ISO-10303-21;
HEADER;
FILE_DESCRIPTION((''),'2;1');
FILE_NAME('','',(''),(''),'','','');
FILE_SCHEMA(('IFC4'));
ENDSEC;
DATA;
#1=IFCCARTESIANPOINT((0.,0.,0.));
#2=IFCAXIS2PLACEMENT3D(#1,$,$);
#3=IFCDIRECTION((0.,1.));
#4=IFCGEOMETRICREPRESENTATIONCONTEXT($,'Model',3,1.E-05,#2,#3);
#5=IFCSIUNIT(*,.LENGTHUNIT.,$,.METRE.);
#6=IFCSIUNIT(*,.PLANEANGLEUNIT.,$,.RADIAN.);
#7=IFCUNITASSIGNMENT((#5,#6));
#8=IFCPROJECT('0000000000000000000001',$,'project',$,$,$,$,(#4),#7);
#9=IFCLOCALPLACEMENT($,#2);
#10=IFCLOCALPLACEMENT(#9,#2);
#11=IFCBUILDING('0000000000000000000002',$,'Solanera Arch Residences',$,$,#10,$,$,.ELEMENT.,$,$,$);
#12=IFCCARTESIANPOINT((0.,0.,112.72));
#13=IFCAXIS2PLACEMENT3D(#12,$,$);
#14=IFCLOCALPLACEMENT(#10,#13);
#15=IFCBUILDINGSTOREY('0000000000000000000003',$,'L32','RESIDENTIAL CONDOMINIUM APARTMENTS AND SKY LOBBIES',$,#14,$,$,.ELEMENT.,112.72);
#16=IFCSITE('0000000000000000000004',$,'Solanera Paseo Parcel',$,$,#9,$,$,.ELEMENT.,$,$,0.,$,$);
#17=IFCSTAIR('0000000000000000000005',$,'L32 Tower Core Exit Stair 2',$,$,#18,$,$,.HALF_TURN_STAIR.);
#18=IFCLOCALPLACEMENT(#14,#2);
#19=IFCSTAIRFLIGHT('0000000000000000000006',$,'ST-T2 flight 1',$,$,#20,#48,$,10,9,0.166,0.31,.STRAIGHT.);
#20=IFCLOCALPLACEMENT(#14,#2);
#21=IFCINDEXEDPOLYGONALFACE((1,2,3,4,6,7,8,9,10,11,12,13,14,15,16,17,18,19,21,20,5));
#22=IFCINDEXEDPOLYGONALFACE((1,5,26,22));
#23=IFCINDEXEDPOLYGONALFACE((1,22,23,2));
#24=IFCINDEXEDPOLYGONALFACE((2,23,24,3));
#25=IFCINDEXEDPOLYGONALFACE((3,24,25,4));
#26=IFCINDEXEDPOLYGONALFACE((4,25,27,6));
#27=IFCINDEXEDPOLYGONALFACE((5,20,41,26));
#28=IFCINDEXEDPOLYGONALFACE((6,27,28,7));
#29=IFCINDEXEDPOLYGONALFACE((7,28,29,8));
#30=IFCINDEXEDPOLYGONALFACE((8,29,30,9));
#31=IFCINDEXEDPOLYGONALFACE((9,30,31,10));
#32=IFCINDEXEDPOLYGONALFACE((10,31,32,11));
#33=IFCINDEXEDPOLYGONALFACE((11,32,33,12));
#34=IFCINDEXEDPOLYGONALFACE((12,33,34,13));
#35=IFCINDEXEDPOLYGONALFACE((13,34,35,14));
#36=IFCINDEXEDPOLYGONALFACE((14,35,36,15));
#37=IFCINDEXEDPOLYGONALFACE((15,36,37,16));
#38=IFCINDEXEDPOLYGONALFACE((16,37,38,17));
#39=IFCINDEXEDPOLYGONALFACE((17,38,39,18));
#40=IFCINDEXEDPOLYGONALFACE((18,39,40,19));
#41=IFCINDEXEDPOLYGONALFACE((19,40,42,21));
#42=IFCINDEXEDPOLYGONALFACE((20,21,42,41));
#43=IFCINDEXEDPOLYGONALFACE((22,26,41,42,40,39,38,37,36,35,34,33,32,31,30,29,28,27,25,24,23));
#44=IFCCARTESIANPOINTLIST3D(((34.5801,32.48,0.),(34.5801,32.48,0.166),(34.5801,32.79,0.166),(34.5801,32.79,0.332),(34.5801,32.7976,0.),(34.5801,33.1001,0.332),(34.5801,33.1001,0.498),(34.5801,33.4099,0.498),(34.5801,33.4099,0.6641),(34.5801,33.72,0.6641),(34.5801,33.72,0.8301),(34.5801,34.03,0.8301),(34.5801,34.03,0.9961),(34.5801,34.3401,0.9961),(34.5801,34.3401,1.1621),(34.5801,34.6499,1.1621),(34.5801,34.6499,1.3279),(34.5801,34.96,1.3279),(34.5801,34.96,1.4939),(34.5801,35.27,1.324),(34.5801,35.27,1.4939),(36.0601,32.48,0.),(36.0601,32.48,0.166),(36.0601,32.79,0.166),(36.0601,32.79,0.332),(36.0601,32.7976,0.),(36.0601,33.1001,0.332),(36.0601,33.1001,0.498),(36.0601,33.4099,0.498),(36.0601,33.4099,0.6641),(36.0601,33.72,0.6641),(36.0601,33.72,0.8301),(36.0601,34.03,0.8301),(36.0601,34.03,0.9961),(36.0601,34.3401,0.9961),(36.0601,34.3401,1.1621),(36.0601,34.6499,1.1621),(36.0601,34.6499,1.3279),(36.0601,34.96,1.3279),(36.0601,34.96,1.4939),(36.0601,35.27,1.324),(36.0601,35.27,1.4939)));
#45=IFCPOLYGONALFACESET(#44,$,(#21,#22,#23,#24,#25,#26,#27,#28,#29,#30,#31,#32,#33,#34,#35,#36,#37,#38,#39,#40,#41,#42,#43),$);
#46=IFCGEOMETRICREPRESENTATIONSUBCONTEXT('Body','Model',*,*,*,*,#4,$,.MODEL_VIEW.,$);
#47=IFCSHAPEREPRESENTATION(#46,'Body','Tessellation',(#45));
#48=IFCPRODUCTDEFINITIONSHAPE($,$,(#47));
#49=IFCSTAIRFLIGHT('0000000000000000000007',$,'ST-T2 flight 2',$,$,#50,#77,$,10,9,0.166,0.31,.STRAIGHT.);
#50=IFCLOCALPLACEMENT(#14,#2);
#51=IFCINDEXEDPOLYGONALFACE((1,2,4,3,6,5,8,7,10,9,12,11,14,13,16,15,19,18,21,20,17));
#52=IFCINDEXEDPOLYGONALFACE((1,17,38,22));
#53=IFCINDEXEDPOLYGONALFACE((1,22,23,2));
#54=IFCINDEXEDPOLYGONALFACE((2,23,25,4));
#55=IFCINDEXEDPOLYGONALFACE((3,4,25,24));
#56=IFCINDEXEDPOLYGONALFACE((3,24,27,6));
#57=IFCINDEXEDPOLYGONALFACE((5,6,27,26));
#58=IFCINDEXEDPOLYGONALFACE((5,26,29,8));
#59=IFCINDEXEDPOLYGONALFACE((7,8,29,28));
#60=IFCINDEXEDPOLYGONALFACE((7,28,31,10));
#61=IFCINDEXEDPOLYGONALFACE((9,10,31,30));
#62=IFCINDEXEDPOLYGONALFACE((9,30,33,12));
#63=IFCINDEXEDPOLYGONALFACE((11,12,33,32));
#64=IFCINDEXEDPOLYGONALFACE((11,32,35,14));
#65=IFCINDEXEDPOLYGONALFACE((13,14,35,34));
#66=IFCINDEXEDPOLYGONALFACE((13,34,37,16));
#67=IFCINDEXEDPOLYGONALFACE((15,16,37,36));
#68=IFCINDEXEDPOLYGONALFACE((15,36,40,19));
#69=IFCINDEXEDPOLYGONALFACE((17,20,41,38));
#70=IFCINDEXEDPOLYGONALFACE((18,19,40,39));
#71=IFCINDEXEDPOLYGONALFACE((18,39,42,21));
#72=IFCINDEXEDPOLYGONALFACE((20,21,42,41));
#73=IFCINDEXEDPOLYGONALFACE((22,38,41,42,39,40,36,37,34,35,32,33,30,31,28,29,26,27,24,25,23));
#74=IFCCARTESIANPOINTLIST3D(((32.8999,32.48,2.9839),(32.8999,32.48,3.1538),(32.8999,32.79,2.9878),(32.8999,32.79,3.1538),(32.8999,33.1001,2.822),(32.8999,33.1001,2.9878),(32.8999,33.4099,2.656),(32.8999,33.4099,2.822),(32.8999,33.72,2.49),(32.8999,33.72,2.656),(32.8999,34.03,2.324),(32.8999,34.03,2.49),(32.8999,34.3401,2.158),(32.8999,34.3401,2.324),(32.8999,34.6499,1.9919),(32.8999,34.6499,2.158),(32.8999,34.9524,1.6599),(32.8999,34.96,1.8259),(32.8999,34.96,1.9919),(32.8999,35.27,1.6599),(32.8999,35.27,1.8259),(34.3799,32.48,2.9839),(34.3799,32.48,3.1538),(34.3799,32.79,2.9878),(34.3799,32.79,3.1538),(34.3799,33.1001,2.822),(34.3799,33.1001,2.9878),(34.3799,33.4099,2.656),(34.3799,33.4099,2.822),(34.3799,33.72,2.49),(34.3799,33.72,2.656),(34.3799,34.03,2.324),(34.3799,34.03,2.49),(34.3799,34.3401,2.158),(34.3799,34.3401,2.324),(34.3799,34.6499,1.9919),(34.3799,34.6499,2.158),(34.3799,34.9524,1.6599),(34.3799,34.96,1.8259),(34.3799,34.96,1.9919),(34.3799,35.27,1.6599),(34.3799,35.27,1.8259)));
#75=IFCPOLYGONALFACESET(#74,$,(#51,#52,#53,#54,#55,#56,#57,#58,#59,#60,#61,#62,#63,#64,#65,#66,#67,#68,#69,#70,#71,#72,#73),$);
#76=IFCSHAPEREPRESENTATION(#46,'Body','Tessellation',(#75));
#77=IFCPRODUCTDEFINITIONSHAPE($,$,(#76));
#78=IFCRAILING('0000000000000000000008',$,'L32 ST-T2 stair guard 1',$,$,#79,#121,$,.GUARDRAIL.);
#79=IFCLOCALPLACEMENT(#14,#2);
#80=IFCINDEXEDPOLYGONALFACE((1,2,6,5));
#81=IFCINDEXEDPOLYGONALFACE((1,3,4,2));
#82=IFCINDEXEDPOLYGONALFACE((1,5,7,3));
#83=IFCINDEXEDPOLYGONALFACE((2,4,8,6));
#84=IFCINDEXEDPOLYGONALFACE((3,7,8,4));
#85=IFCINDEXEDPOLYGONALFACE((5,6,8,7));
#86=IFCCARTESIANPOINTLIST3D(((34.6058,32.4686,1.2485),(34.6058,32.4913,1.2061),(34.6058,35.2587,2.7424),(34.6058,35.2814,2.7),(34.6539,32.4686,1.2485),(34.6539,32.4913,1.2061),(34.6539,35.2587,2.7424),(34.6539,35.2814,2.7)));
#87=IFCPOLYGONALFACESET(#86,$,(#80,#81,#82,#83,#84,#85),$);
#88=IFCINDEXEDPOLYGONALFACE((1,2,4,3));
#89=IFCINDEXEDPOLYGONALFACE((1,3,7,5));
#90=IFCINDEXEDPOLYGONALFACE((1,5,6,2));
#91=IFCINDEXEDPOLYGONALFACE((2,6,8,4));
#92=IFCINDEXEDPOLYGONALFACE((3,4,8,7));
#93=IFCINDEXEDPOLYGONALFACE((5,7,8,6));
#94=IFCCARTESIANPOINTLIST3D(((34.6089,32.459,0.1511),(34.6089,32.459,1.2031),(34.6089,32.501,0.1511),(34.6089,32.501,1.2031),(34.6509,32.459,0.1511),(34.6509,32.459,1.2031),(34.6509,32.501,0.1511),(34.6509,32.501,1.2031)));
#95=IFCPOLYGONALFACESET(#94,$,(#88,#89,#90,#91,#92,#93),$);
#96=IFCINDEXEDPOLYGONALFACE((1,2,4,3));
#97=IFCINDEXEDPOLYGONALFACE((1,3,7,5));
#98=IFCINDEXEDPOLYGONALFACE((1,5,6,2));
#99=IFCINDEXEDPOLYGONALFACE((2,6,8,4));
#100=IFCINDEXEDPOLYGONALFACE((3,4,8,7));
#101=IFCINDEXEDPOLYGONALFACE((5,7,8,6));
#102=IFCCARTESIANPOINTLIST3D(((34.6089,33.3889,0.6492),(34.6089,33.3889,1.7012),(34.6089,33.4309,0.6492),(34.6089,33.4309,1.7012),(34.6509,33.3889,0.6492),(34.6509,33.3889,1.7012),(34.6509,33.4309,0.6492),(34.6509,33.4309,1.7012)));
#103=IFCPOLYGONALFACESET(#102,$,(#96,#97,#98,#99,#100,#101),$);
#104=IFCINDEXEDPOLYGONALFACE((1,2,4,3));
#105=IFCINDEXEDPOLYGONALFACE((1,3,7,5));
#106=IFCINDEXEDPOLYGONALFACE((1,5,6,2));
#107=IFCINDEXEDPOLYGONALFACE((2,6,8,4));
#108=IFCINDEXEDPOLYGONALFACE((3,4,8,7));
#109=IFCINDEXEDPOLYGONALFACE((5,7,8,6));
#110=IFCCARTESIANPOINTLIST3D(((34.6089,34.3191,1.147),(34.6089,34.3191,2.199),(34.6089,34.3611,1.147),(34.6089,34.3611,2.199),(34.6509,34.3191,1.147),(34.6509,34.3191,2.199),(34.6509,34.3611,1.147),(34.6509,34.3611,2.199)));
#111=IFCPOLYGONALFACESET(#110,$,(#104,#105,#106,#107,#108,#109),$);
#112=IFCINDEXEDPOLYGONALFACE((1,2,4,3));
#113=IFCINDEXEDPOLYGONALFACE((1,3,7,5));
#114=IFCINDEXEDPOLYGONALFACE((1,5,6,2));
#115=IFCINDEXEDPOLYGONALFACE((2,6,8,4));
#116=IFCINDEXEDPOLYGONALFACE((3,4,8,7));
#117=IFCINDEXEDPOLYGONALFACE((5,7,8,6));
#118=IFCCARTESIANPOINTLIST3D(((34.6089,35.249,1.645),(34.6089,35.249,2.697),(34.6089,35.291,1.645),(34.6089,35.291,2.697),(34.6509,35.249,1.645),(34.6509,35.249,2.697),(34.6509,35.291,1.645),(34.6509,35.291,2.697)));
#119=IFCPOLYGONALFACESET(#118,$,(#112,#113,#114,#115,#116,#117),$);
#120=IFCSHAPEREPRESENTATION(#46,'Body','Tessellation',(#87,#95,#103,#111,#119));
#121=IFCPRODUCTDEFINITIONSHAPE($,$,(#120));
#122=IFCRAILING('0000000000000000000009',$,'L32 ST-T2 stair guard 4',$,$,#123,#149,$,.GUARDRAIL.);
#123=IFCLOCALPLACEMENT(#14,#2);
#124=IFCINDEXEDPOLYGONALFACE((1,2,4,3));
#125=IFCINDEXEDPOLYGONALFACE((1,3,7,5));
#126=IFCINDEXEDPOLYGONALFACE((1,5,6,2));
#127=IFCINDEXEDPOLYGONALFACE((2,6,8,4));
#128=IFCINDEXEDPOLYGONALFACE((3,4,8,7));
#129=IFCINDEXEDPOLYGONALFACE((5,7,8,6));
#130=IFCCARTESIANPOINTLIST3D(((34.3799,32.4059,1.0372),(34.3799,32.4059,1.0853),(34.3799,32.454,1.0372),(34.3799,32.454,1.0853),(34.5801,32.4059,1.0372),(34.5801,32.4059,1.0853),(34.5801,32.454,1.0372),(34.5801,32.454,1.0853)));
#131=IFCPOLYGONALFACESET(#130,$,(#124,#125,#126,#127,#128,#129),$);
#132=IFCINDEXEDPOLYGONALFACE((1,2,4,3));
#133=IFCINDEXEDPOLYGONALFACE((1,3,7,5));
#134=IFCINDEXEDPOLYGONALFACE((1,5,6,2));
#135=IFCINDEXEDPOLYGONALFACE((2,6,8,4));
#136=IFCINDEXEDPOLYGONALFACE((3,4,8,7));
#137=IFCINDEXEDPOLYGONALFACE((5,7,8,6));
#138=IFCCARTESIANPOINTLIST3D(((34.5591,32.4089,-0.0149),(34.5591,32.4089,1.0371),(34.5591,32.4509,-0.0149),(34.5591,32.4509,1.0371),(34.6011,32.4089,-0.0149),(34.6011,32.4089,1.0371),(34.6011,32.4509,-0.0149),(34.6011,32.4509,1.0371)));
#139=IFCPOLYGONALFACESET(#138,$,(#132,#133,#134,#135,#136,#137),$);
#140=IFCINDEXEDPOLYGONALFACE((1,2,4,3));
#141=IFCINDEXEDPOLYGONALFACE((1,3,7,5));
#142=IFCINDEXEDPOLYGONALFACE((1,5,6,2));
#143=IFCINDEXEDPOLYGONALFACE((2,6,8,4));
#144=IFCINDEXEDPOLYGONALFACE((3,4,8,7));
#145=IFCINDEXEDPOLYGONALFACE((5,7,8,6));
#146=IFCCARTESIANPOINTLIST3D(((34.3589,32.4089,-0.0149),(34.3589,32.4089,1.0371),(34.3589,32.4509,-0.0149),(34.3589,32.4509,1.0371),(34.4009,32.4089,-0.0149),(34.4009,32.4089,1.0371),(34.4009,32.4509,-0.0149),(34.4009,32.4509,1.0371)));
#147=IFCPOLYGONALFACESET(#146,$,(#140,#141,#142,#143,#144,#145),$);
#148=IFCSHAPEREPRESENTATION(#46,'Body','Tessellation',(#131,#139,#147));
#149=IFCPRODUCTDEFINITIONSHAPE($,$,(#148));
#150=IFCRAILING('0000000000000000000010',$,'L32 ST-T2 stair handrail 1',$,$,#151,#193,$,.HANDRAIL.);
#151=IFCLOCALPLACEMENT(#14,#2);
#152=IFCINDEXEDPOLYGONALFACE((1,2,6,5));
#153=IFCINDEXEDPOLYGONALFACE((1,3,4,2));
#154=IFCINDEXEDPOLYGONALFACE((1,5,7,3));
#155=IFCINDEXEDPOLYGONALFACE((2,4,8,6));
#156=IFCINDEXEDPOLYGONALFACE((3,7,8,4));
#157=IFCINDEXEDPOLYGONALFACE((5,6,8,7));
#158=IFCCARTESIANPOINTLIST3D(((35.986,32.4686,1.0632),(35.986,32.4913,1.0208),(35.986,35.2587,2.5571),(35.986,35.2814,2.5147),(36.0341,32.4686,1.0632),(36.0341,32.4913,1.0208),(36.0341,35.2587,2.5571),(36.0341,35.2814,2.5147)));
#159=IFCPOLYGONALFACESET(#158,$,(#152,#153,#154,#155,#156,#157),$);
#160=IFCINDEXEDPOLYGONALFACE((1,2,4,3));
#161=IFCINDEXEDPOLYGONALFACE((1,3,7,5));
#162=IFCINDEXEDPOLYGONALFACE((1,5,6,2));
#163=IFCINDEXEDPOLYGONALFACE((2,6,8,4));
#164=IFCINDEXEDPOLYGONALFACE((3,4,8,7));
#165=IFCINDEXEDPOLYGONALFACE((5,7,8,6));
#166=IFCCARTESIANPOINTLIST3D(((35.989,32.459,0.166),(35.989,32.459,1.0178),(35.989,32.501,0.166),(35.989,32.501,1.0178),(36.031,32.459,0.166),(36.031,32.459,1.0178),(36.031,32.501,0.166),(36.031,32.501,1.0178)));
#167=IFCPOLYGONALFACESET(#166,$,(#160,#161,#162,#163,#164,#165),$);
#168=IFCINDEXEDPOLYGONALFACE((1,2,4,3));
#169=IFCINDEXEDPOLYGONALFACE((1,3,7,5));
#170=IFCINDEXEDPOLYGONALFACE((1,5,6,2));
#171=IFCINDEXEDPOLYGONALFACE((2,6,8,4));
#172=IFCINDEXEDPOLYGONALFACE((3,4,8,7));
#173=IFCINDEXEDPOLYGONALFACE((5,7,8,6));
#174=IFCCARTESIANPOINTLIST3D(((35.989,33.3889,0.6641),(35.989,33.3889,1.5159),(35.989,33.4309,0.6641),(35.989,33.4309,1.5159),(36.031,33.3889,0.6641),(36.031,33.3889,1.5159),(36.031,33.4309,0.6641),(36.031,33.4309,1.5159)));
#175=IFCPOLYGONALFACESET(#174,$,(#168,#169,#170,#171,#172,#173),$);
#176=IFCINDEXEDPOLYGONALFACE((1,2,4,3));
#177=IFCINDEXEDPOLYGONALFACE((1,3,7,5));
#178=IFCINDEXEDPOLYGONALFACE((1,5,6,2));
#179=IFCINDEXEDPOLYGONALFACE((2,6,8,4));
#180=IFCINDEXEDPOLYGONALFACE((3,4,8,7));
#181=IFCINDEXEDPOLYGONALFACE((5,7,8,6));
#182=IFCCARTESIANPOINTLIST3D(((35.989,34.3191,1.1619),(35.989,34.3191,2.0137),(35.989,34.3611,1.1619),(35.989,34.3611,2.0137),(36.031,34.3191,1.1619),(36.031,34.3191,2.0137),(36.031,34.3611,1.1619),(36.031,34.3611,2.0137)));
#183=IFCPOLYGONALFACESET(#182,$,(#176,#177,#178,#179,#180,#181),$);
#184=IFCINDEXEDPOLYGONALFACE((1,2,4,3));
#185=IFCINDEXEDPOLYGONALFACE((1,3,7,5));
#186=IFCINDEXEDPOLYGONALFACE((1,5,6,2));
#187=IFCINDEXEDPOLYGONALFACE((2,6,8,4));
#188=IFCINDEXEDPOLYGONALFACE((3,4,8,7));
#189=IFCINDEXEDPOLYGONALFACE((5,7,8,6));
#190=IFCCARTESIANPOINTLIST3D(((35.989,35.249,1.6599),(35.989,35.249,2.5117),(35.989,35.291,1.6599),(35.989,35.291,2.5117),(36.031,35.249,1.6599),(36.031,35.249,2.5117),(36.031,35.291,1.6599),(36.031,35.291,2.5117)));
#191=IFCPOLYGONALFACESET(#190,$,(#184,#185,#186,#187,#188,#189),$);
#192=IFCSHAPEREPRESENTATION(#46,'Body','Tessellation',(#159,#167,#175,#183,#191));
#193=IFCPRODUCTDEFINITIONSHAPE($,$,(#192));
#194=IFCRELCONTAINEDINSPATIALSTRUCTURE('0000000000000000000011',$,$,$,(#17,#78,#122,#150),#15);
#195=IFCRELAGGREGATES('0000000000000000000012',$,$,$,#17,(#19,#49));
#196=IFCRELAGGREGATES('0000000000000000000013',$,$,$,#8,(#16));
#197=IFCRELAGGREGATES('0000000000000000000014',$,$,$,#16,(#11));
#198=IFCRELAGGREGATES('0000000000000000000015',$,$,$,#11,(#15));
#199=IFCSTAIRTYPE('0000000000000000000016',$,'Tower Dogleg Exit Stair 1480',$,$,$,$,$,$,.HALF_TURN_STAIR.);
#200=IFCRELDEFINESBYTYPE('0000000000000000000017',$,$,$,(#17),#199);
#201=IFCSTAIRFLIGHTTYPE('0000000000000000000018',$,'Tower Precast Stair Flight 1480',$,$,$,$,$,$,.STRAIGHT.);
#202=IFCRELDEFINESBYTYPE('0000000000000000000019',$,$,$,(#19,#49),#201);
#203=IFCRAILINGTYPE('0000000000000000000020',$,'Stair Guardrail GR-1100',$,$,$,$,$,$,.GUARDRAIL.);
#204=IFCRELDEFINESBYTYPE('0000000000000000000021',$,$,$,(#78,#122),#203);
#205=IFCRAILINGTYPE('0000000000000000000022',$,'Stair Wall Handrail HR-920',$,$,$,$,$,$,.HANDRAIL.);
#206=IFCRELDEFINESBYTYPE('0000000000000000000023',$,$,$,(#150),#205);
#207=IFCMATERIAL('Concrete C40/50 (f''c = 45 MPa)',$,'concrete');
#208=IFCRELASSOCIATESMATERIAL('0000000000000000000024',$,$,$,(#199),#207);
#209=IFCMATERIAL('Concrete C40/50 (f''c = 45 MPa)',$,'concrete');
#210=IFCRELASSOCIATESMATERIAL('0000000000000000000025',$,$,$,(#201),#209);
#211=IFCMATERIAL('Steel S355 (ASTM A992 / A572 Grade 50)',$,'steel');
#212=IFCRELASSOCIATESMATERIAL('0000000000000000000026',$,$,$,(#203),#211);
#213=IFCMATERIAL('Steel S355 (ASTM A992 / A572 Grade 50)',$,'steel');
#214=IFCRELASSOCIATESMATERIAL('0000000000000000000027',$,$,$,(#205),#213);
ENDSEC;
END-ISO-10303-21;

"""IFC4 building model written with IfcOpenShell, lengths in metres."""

from ifc_helpers import new_model, si_unit, direction, frame, origin, origin_2d, place, context, subcontext, project, spatial, polyline, rectangle, outline, extrude, material, type_object, element, aggregate, save


model = new_model("IFC4")

# Units and contexts
model_context = context("Model", 3, precision=1e-05, world=origin(), true_north=direction((0.0, 1.0)))
body_context = subcontext(model_context, "Body", "Model", "MODEL_VIEW")
ifc_project = project(units=[si_unit("LENGTHUNIT", "METRE"), si_unit("PLANEANGLEUNIT", "RADIAN")], contexts=[model_context])

# Site, building, storey
site_placement = place(None, origin())
site = spatial("IfcSite", under=ifc_project, at=site_placement, Name="Solanera Paseo Parcel", CompositionType="ELEMENT", RefElevation=0.0)
building_placement = place(site_placement, origin())
building = spatial("IfcBuilding", under=site, at=building_placement, Name="Solanera Arch Residences", CompositionType="ELEMENT")
storey_placement = place(building_placement, frame((0.0, 0.0, 112.72)))
storey = spatial("IfcBuildingStorey", under=building, at=storey_placement, Name="L32", Description="RESIDENTIAL CONDOMINIUM APARTMENTS AND SKY LOBBIES", CompositionType="ELEMENT", Elevation=112.72)

# Stair, stair flights
ifc_material_1 = material(Name="Concrete C40/50 (f'c = 45 MPa)", Category="concrete")
stair_type = type_object("IfcStairType", Name="Tower Dogleg Exit Stair 1480", PredefinedType="HALF_TURN_STAIR", material=ifc_material_1)
stair_placement = place(storey_placement, origin())
stair = element("IfcStair", 1, at=stair_placement, inside=storey, type_object=stair_type, Name="L32 Tower Core Exit Stair 2", PredefinedType="HALF_TURN_STAIR")
ifc_material_2 = material(Name="Concrete C40/50 (f'c = 45 MPa)", Category="concrete")
stair_flight_type = type_object("IfcStairFlightType", Name="Tower Precast Stair Flight 1480", PredefinedType="STRAIGHT", material=ifc_material_2)
stair_flight_1_placement = place(storey_placement, frame((35.3201, 32.48, 0.0), z_axis=(0.0, 0.0, 1.0), x_axis=(0.0, 1.0, 0.0)))
stair_flight_1 = element("IfcStairFlight", 2, at=stair_flight_1_placement, type_object=stair_flight_type, Name="ST-T2 flight 1", NumberOfRisers=10, NumberOfTreads=9, PredefinedType="STRAIGHT", RiserHeight=0.166, TreadLength=0.31, context=body_context, shape_type="SweptSolid", body=[
    extrude(outline(polyline([(0.0, 0.0), (0.0, 0.166), (0.3101, 0.166), (0.3101, 0.332), (0.6201, 0.332), (0.6201, 0.498), (0.9299, 0.498), (0.9299, 0.6641), (1.24, 0.6641), (1.24, 0.8301), (1.55, 0.8301), (1.55, 0.9961), (1.8601, 0.9961), (1.8601, 1.1621), (2.1699, 1.1621), (2.1699, 1.3279), (2.48, 1.3279), (2.48, 1.4939), (2.79, 1.4939), (2.79, 1.6599), (2.79, 1.324), (0.3176, 0.0), (0.0, 0.0)])), frame((0.0, 0.74, 0.0), z_axis=(0.0, -1.0, 0.0), x_axis=(1.0, 0.0, 0.0)), (0.0, 0.0, 1.0), 1.48),
])
stair_flight_2_placement = place(storey_placement, frame((33.6399, 35.27, 1.6599), z_axis=(0.0, 0.0, 1.0), x_axis=(0.0, -1.0, 0.0)))
stair_flight_2 = element("IfcStairFlight", 3, at=stair_flight_2_placement, type_object=stair_flight_type, Name="ST-T2 flight 2", NumberOfRisers=10, NumberOfTreads=9, PredefinedType="STRAIGHT", RiserHeight=0.166, TreadLength=0.31, context=body_context, shape_type="SweptSolid", body=[
    extrude(outline(polyline([(0.0, 0.0), (0.0, 0.166), (0.3101, 0.166), (0.3101, 0.332), (0.6201, 0.332), (0.6201, 0.498), (0.9299, 0.498), (0.9299, 0.6641), (1.24, 0.6641), (1.24, 0.8301), (1.55, 0.8301), (1.55, 0.9961), (1.8601, 0.9961), (1.8601, 1.1621), (2.1699, 1.1621), (2.1699, 1.3279), (2.48, 1.3279), (2.48, 1.4939), (2.79, 1.4939), (2.79, 1.6599), (2.79, 1.324), (0.3176, 0.0), (0.0, 0.0)])), frame((0.0, 0.74, 0.0), z_axis=(0.0, -1.0, 0.0), x_axis=(1.0, 0.0, 0.0)), (0.0, 0.0, 1.0), 1.48),
])
aggregate(stair, [stair_flight_1, stair_flight_2])

# Railings
ifc_material_3 = material(Name="Steel S355 (ASTM A992 / A572 Grade 50)", Category="steel")
railing_type_1 = type_object("IfcRailingType", Name="Stair Guardrail GR-1100", PredefinedType="GUARDRAIL", material=ifc_material_3)
railing_1_placement = place(storey_placement, frame((34.6299, 32.48, 0.1511)))
element("IfcRailing", 4, at=railing_1_placement, inside=storey, type_object=railing_type_1, Name="L32 ST-T2 stair guard 1", PredefinedType="GUARDRAIL", context=body_context, shape_type="SweptSolid", body=[
    extrude(rectangle(XDim=0.0481, YDim=0.0481, at=origin_2d()), frame((0.0, 0.0, 1.0762), z_axis=(0.0, 0.881581, 0.472033), x_axis=(-1.0, 0.0, 0.0)), (0.0, 0.0, 1.0), 3.1648),
    extrude(rectangle(XDim=0.042, YDim=0.042, at=origin_2d()), origin(), (0.0, 0.0, 1.0), 1.052),
    extrude(rectangle(XDim=0.042, YDim=0.042, at=origin_2d()), frame((0.0, 0.9299, 0.498)), (0.0, 0.0, 1.0), 1.052),
    extrude(rectangle(XDim=0.042, YDim=0.042, at=origin_2d()), frame((0.0, 1.8601, 0.9958)), (0.0, 0.0, 1.0), 1.052),
    extrude(rectangle(XDim=0.042, YDim=0.042, at=origin_2d()), frame((0.0, 2.79, 1.4939)), (0.0, 0.0, 1.0), 1.052),
])
railing_2_placement = place(storey_placement, frame((34.5801, 32.4299, -0.0149)))
element("IfcRailing", 5, at=railing_2_placement, inside=storey, type_object=railing_type_1, Name="L32 ST-T2 stair guard 4", PredefinedType="GUARDRAIL", context=body_context, shape_type="SweptSolid", body=[
    extrude(rectangle(XDim=0.0481, YDim=0.0481, at=origin_2d()), frame((0.0, 0.0, 1.0762), z_axis=(-1.0, 0.0, 0.0), x_axis=(0.0, -1.0, 0.0)), (0.0, 0.0, 1.0), 0.2002),
    extrude(rectangle(XDim=0.042, YDim=0.042, at=origin_2d()), origin(), (0.0, 0.0, 1.0), 1.052),
    extrude(rectangle(XDim=0.042, YDim=0.042, at=origin_2d()), frame((-0.2002, 0.0, 0.0)), (0.0, 0.0, 1.0), 1.052),
])
ifc_material_4 = material(Name="Steel S355 (ASTM A992 / A572 Grade 50)", Category="steel")
railing_type_2 = type_object("IfcRailingType", Name="Stair Wall Handrail HR-920", PredefinedType="HANDRAIL", material=ifc_material_4)
railing_3_placement = place(storey_placement, frame((36.01, 32.48, 0.166)))
element("IfcRailing", 6, at=railing_3_placement, inside=storey, type_object=railing_type_2, Name="L32 ST-T2 stair handrail 1", PredefinedType="HANDRAIL", context=body_context, shape_type="SweptSolid", body=[
    extrude(rectangle(XDim=0.0481, YDim=0.0481, at=origin_2d()), frame((0.0, 0.0, 0.876), z_axis=(0.0, 0.881581, 0.472033), x_axis=(-1.0, 0.0, 0.0)), (0.0, 0.0, 1.0), 3.1648),
    extrude(rectangle(XDim=0.042, YDim=0.042, at=origin_2d()), origin(), (0.0, 0.0, 1.0), 0.8518),
    extrude(rectangle(XDim=0.042, YDim=0.042, at=origin_2d()), frame((0.0, 0.9299, 0.498)), (0.0, 0.0, 1.0), 0.8518),
    extrude(rectangle(XDim=0.042, YDim=0.042, at=origin_2d()), frame((0.0, 1.8601, 0.9958)), (0.0, 0.0, 1.0), 0.8518),
    extrude(rectangle(XDim=0.042, YDim=0.042, at=origin_2d()), frame((0.0, 2.79, 1.4939)), (0.0, 0.0, 1.0), 0.8518),
])

save(model, "model.ifc")
